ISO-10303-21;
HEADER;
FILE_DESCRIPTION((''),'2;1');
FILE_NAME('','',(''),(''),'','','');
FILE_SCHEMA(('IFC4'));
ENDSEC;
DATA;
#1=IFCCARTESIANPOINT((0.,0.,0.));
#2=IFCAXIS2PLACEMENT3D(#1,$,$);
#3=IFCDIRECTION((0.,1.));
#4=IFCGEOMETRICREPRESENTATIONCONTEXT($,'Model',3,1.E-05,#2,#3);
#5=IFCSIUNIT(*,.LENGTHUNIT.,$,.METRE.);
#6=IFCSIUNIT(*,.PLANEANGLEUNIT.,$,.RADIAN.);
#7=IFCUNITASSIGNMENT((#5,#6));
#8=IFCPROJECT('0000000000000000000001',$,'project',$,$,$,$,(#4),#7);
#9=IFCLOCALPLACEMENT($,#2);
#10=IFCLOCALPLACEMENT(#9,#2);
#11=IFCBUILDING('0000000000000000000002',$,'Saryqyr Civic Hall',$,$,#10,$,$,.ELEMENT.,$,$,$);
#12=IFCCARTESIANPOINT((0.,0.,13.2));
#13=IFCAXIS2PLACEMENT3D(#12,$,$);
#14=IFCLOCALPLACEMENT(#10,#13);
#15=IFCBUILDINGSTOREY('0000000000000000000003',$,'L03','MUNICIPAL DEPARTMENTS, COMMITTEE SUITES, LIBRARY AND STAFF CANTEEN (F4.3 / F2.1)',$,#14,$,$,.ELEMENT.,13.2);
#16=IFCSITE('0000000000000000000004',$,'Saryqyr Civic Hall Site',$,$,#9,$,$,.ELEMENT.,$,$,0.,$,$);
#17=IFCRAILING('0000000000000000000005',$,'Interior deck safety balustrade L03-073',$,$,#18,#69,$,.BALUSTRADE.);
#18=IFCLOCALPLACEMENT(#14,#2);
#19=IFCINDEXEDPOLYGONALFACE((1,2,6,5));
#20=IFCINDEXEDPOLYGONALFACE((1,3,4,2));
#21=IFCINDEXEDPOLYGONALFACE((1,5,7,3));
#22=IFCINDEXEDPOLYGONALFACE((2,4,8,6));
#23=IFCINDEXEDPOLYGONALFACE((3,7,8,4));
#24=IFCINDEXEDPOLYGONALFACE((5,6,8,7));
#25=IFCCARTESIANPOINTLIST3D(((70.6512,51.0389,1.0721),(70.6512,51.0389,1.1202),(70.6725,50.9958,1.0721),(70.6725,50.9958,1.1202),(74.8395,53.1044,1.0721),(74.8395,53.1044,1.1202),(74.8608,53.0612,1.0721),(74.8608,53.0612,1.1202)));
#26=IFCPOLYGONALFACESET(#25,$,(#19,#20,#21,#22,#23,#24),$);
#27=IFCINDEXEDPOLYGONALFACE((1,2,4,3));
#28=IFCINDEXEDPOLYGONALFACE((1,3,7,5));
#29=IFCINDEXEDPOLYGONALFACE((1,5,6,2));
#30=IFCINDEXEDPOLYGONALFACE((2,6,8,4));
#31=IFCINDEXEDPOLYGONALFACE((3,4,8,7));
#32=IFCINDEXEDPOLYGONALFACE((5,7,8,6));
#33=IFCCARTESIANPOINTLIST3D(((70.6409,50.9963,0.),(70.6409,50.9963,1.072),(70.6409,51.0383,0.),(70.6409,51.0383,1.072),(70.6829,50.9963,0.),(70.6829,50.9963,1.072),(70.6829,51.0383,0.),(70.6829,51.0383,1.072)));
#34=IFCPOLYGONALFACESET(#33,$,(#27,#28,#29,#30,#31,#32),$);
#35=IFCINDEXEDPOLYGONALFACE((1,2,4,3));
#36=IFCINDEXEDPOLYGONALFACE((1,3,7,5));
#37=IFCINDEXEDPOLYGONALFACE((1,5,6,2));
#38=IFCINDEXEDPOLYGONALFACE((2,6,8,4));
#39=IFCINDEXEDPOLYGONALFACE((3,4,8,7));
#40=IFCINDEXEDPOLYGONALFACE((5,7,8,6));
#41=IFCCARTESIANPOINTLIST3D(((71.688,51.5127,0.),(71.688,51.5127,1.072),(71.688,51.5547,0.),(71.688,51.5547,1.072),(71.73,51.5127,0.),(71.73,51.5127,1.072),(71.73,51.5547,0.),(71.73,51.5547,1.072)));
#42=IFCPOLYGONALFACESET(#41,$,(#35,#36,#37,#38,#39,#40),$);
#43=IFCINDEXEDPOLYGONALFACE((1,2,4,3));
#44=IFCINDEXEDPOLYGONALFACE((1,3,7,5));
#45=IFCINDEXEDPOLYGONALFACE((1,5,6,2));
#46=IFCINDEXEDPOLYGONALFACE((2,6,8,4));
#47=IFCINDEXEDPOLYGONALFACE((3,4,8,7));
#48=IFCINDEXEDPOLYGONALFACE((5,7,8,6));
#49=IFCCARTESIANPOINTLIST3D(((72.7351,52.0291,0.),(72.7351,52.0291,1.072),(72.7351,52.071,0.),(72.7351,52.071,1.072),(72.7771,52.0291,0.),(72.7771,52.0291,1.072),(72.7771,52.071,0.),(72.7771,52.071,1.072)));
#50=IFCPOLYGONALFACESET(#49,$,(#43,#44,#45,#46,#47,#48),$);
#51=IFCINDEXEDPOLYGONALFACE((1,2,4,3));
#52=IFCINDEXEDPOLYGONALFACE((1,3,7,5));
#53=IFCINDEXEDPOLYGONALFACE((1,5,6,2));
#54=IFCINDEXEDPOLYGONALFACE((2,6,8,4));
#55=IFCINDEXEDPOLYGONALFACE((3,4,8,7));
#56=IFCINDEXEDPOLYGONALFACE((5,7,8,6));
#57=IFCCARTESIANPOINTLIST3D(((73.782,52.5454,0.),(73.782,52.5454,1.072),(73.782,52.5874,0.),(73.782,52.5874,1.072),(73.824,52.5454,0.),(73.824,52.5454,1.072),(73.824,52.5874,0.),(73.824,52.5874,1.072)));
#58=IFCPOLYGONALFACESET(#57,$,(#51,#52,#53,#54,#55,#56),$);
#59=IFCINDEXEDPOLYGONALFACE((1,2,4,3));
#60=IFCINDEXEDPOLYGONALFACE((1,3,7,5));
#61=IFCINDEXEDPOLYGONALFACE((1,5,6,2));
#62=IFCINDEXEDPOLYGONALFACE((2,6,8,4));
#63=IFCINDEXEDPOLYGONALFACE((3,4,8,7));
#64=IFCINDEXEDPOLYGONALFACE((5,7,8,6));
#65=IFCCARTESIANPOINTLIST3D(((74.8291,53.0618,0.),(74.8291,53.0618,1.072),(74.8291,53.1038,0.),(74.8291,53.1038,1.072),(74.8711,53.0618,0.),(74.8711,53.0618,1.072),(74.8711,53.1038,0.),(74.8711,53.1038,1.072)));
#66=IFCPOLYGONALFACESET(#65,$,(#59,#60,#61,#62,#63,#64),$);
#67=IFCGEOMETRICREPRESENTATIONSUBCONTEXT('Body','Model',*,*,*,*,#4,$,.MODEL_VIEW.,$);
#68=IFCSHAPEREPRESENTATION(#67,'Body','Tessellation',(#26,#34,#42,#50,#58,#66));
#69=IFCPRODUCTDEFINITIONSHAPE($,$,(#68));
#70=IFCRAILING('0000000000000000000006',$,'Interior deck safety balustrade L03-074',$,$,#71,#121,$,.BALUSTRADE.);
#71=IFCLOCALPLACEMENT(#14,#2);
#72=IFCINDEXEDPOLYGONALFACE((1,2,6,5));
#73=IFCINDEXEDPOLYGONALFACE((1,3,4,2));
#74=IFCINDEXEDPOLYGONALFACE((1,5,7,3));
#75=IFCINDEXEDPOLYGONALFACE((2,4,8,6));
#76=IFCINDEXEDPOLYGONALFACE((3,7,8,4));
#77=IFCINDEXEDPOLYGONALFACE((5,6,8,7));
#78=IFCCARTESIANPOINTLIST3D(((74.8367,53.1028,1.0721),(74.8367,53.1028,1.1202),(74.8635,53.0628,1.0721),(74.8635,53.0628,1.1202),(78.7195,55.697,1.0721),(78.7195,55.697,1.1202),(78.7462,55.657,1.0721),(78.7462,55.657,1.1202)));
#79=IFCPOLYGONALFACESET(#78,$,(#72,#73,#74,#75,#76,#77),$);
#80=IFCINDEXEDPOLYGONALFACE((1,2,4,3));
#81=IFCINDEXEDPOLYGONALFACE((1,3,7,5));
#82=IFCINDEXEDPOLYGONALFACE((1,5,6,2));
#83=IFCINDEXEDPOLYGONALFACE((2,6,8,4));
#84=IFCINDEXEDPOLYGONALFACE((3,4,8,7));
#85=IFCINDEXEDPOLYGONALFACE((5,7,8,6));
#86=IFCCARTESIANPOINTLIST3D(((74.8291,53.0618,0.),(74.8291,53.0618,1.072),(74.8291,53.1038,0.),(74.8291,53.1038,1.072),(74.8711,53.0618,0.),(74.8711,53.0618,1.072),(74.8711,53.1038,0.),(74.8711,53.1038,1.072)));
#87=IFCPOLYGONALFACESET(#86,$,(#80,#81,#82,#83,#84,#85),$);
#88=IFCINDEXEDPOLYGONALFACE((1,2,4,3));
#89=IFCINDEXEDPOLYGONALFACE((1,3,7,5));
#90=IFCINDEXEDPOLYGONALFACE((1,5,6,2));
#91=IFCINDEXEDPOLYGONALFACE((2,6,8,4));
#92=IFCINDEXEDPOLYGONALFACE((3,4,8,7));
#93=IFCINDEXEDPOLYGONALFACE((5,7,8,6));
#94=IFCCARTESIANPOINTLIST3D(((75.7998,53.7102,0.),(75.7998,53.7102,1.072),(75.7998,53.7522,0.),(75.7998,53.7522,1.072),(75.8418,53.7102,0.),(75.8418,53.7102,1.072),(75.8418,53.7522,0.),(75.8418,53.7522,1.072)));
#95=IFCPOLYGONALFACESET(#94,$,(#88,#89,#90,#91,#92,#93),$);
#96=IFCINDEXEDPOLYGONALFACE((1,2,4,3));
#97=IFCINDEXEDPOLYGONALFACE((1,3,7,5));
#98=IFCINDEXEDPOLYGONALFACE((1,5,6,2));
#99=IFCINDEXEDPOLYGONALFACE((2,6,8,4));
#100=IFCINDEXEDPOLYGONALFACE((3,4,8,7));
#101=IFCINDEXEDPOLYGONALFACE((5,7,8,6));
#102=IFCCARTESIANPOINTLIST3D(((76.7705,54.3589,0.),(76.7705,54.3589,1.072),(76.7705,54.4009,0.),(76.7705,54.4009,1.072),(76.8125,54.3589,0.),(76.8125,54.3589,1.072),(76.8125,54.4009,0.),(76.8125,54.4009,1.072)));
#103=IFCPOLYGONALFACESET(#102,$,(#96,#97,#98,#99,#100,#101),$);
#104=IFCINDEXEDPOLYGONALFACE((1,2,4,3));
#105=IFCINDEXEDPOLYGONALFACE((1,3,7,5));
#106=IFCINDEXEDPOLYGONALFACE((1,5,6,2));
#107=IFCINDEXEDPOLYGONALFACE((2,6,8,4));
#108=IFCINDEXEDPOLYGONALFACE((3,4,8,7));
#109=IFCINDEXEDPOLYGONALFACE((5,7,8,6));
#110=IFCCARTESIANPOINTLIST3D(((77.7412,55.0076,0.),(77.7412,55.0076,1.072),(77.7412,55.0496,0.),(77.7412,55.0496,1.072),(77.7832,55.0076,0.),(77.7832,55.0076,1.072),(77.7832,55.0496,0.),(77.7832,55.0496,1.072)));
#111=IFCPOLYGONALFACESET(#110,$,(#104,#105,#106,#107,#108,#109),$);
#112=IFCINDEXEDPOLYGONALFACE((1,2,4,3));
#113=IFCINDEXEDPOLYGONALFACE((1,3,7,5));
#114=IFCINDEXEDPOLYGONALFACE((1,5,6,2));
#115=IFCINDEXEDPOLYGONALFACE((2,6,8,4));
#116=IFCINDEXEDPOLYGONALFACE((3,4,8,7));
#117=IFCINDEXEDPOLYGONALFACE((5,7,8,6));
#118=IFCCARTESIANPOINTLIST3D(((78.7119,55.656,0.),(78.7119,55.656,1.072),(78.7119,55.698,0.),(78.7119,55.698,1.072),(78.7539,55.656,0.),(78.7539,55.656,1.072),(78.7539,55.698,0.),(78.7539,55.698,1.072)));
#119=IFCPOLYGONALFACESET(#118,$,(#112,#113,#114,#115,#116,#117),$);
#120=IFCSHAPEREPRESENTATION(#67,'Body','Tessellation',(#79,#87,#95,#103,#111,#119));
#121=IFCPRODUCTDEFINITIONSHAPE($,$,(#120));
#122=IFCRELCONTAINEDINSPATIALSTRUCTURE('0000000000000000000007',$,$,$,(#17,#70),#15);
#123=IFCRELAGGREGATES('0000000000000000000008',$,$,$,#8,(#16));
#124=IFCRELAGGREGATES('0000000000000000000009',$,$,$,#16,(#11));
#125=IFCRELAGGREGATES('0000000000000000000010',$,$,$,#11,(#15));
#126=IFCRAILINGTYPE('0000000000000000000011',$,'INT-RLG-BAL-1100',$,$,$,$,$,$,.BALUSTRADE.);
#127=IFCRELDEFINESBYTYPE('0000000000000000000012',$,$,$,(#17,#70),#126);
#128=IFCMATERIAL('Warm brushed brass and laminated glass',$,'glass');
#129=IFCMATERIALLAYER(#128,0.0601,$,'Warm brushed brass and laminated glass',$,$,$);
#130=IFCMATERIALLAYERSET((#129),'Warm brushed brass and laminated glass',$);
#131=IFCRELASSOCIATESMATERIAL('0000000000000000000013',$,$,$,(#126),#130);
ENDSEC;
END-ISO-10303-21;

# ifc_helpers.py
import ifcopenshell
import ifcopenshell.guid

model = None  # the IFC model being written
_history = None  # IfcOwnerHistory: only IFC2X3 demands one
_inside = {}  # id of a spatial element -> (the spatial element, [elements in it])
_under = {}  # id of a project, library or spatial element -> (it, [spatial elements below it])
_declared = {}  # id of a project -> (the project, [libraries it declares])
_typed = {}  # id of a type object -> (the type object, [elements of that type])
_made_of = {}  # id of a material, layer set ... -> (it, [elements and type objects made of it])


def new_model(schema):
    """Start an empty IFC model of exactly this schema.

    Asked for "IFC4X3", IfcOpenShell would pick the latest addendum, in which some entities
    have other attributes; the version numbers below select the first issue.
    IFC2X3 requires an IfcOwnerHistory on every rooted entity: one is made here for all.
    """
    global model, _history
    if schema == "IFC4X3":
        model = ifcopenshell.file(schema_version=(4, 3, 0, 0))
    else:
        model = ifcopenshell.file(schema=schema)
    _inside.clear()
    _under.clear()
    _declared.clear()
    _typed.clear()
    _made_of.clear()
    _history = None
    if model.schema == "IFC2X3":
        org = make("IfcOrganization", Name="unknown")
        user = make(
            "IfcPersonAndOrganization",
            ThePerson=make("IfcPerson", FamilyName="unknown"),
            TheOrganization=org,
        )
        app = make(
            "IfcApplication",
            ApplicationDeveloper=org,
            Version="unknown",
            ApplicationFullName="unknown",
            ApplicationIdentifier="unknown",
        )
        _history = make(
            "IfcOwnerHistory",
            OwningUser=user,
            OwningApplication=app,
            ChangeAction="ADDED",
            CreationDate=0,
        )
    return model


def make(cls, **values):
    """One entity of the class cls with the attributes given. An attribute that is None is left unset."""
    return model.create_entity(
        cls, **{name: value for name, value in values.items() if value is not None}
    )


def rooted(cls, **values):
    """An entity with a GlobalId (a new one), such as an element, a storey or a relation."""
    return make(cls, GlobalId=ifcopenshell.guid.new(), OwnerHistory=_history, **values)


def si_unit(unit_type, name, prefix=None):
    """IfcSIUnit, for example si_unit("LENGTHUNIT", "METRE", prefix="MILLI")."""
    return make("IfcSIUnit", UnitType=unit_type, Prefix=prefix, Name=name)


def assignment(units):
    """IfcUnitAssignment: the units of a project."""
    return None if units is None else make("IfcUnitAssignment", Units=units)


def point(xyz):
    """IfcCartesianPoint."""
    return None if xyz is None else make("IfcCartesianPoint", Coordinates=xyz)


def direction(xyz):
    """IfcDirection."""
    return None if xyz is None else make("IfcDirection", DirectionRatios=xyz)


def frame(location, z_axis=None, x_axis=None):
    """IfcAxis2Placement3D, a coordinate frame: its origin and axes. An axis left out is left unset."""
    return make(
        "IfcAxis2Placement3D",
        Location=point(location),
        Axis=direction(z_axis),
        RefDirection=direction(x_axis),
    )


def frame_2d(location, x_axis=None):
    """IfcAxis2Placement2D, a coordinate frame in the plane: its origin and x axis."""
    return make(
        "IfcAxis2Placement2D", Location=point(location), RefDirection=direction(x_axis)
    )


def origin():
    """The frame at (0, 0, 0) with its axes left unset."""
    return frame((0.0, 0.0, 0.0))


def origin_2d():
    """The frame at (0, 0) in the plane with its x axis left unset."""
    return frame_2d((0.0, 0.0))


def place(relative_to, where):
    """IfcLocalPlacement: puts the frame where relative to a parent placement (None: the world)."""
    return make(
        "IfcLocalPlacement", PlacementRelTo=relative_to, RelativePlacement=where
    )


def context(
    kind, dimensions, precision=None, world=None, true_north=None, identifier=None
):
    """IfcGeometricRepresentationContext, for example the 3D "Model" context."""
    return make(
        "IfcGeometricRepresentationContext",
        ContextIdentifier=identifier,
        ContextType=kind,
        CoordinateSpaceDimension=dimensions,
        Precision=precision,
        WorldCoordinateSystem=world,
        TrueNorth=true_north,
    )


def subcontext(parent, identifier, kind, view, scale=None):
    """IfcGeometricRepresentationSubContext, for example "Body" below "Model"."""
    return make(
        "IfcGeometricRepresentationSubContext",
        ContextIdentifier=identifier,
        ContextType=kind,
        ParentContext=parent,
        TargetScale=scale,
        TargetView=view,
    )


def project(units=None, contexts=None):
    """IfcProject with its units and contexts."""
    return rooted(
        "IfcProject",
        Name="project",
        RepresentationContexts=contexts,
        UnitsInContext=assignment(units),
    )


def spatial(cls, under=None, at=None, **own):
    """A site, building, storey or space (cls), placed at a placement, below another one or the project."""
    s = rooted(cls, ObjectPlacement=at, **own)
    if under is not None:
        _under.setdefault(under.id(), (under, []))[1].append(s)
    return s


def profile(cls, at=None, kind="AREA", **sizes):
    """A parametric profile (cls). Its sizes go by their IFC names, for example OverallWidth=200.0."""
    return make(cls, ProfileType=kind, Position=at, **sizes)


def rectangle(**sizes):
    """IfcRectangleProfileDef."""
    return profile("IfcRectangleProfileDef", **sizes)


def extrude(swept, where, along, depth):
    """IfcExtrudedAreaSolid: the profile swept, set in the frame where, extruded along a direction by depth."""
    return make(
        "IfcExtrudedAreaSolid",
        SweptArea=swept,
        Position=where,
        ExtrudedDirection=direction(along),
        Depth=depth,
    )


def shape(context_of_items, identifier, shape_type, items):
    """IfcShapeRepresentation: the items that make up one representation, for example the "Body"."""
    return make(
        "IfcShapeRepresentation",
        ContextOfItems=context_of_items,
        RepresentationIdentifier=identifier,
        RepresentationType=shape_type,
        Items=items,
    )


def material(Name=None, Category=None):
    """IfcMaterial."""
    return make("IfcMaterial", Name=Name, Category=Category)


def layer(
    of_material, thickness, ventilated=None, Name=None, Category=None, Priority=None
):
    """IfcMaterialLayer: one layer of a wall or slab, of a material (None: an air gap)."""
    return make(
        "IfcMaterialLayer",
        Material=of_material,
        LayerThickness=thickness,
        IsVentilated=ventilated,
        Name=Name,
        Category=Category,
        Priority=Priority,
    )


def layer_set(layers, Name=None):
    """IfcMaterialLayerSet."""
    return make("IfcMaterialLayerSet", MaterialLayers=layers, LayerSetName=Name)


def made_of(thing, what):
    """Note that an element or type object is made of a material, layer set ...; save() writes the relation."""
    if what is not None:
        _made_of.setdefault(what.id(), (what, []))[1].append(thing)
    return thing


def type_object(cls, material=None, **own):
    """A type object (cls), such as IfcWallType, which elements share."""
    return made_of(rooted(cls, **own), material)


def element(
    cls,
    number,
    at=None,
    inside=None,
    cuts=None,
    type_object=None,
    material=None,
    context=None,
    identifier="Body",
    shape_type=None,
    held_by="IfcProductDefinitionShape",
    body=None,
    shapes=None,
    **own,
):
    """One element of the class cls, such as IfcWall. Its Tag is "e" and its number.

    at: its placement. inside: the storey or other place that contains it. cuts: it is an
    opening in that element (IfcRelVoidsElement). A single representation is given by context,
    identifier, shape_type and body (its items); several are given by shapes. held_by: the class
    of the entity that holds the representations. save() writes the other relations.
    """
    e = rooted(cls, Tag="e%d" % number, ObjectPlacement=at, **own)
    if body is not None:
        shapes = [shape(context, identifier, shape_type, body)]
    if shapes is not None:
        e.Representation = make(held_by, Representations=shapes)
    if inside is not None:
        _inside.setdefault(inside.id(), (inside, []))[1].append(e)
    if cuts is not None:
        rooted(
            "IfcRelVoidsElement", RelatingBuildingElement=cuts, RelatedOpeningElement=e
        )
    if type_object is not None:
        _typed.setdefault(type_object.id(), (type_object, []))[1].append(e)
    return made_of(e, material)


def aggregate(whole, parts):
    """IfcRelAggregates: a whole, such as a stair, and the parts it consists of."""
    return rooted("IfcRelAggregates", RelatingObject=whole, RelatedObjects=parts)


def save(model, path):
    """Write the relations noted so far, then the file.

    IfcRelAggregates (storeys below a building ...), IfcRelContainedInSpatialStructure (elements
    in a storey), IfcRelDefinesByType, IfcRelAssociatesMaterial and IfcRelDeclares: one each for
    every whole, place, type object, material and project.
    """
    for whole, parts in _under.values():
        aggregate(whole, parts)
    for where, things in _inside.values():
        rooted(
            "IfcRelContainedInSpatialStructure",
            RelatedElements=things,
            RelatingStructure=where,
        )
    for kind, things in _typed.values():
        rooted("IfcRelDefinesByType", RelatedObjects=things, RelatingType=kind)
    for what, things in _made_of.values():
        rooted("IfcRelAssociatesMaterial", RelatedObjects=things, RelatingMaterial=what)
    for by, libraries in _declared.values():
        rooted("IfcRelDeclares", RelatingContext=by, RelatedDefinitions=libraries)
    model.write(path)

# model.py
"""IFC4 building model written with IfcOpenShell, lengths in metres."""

from ifc_helpers import new_model, si_unit, direction, frame, origin, origin_2d, place, context, subcontext, project, spatial, rectangle, extrude, material, layer, layer_set, type_object, element, save


model = new_model("IFC4")

# Units and contexts
model_context = context("Model", 3, precision=1e-05, world=origin(), true_north=direction((0.0, 1.0)))
body_context = subcontext(model_context, "Body", "Model", "MODEL_VIEW")
ifc_project = project(units=[si_unit("LENGTHUNIT", "METRE"), si_unit("PLANEANGLEUNIT", "RADIAN")], contexts=[model_context])

# Site, building, storey
site_placement = place(None, origin())
site = spatial("IfcSite", under=ifc_project, at=site_placement, Name="Saryqyr Civic Hall Site", CompositionType="ELEMENT", RefElevation=0.0)
building_placement = place(site_placement, origin())
building = spatial("IfcBuilding", under=site, at=building_placement, Name="Saryqyr Civic Hall", CompositionType="ELEMENT")
storey_placement = place(building_placement, frame((0.0, 0.0, 13.2)))
storey = spatial("IfcBuildingStorey", under=building, at=storey_placement, Name="L03", Description="MUNICIPAL DEPARTMENTS, COMMITTEE SUITES, LIBRARY AND STAFF CANTEEN (F4.3 / F2.1)", CompositionType="ELEMENT", Elevation=13.2)

# Railings
ifc_material_1 = material(Name="Warm brushed brass and laminated glass", Category="glass")
ifc_layer_1 = layer(ifc_material_1, 0.0601, Name="Warm brushed brass and laminated glass")
ifc_layer_set_1 = layer_set([ifc_layer_1], Name="Warm brushed brass and laminated glass")
railing_type = type_object("IfcRailingType", Name="INT-RLG-BAL-1100", PredefinedType="BALUSTRADE", material=ifc_layer_set_1)
railing_1_placement = place(storey_placement, frame((70.6619, 51.0173, 0.0)))
element("IfcRailing", 1, at=railing_1_placement, inside=storey, type_object=railing_type, Name="Interior deck safety balustrade L03-073", PredefinedType="BALUSTRADE", context=body_context, shape_type="SweptSolid", body=[
    extrude(rectangle(XDim=0.0481, YDim=0.0481, at=origin_2d()), frame((0.0, 0.0, 1.0962), z_axis=(0.896871, 0.442292, 0.0), x_axis=(-0.442292, 0.896871, 0.0)), (0.0, 0.0, 1.0), 4.6699),
    extrude(rectangle(XDim=0.042, YDim=0.042, at=origin_2d()), origin(), (0.0, 0.0, 1.0), 1.072),
    extrude(rectangle(XDim=0.042, YDim=0.042, at=origin_2d()), frame((1.0471, 0.5164, 0.0)), (0.0, 0.0, 1.0), 1.072),
    extrude(rectangle(XDim=0.042, YDim=0.042, at=origin_2d()), frame((2.0942, 1.0327, 0.0)), (0.0, 0.0, 1.0), 1.072),
    extrude(rectangle(XDim=0.042, YDim=0.042, at=origin_2d()), frame((3.1411, 1.5491, 0.0)), (0.0, 0.0, 1.0), 1.072),
    extrude(rectangle(XDim=0.042, YDim=0.042, at=origin_2d()), frame((4.1882, 2.0654, 0.0)), (0.0, 0.0, 1.0), 1.072),
])
railing_2_placement = place(storey_placement, frame((74.8501, 53.0828, 0.0)))
element("IfcRailing", 2, at=railing_2_placement, inside=storey, type_object=railing_type, Name="Interior deck safety balustrade L03-074", PredefinedType="BALUSTRADE", context=body_context, shape_type="SweptSolid", body=[
    extrude(rectangle(XDim=0.0481, YDim=0.0481, at=origin_2d()), frame((0.0, 0.0, 1.0962), z_axis=(0.831487, 0.555544, 0.0), x_axis=(-0.555544, 0.831487, 0.0)), (0.0, 0.0, 1.0), 4.6697),
    extrude(rectangle(XDim=0.042, YDim=0.042, at=origin_2d()), origin(), (0.0, 0.0, 1.0), 1.072),
    extrude(rectangle(XDim=0.042, YDim=0.042, at=origin_2d()), frame((0.9707, 0.6484, 0.0)), (0.0, 0.0, 1.0), 1.072),
    extrude(rectangle(XDim=0.042, YDim=0.042, at=origin_2d()), frame((1.9414, 1.2971, 0.0)), (0.0, 0.0, 1.0), 1.072),
    extrude(rectangle(XDim=0.042, YDim=0.042, at=origin_2d()), frame((2.9121, 1.9458, 0.0)), (0.0, 0.0, 1.0), 1.072),
    extrude(rectangle(XDim=0.042, YDim=0.042, at=origin_2d()), frame((3.8828, 2.5942, 0.0)), (0.0, 0.0, 1.0), 1.072),
])

save(model, "model.ifc")
